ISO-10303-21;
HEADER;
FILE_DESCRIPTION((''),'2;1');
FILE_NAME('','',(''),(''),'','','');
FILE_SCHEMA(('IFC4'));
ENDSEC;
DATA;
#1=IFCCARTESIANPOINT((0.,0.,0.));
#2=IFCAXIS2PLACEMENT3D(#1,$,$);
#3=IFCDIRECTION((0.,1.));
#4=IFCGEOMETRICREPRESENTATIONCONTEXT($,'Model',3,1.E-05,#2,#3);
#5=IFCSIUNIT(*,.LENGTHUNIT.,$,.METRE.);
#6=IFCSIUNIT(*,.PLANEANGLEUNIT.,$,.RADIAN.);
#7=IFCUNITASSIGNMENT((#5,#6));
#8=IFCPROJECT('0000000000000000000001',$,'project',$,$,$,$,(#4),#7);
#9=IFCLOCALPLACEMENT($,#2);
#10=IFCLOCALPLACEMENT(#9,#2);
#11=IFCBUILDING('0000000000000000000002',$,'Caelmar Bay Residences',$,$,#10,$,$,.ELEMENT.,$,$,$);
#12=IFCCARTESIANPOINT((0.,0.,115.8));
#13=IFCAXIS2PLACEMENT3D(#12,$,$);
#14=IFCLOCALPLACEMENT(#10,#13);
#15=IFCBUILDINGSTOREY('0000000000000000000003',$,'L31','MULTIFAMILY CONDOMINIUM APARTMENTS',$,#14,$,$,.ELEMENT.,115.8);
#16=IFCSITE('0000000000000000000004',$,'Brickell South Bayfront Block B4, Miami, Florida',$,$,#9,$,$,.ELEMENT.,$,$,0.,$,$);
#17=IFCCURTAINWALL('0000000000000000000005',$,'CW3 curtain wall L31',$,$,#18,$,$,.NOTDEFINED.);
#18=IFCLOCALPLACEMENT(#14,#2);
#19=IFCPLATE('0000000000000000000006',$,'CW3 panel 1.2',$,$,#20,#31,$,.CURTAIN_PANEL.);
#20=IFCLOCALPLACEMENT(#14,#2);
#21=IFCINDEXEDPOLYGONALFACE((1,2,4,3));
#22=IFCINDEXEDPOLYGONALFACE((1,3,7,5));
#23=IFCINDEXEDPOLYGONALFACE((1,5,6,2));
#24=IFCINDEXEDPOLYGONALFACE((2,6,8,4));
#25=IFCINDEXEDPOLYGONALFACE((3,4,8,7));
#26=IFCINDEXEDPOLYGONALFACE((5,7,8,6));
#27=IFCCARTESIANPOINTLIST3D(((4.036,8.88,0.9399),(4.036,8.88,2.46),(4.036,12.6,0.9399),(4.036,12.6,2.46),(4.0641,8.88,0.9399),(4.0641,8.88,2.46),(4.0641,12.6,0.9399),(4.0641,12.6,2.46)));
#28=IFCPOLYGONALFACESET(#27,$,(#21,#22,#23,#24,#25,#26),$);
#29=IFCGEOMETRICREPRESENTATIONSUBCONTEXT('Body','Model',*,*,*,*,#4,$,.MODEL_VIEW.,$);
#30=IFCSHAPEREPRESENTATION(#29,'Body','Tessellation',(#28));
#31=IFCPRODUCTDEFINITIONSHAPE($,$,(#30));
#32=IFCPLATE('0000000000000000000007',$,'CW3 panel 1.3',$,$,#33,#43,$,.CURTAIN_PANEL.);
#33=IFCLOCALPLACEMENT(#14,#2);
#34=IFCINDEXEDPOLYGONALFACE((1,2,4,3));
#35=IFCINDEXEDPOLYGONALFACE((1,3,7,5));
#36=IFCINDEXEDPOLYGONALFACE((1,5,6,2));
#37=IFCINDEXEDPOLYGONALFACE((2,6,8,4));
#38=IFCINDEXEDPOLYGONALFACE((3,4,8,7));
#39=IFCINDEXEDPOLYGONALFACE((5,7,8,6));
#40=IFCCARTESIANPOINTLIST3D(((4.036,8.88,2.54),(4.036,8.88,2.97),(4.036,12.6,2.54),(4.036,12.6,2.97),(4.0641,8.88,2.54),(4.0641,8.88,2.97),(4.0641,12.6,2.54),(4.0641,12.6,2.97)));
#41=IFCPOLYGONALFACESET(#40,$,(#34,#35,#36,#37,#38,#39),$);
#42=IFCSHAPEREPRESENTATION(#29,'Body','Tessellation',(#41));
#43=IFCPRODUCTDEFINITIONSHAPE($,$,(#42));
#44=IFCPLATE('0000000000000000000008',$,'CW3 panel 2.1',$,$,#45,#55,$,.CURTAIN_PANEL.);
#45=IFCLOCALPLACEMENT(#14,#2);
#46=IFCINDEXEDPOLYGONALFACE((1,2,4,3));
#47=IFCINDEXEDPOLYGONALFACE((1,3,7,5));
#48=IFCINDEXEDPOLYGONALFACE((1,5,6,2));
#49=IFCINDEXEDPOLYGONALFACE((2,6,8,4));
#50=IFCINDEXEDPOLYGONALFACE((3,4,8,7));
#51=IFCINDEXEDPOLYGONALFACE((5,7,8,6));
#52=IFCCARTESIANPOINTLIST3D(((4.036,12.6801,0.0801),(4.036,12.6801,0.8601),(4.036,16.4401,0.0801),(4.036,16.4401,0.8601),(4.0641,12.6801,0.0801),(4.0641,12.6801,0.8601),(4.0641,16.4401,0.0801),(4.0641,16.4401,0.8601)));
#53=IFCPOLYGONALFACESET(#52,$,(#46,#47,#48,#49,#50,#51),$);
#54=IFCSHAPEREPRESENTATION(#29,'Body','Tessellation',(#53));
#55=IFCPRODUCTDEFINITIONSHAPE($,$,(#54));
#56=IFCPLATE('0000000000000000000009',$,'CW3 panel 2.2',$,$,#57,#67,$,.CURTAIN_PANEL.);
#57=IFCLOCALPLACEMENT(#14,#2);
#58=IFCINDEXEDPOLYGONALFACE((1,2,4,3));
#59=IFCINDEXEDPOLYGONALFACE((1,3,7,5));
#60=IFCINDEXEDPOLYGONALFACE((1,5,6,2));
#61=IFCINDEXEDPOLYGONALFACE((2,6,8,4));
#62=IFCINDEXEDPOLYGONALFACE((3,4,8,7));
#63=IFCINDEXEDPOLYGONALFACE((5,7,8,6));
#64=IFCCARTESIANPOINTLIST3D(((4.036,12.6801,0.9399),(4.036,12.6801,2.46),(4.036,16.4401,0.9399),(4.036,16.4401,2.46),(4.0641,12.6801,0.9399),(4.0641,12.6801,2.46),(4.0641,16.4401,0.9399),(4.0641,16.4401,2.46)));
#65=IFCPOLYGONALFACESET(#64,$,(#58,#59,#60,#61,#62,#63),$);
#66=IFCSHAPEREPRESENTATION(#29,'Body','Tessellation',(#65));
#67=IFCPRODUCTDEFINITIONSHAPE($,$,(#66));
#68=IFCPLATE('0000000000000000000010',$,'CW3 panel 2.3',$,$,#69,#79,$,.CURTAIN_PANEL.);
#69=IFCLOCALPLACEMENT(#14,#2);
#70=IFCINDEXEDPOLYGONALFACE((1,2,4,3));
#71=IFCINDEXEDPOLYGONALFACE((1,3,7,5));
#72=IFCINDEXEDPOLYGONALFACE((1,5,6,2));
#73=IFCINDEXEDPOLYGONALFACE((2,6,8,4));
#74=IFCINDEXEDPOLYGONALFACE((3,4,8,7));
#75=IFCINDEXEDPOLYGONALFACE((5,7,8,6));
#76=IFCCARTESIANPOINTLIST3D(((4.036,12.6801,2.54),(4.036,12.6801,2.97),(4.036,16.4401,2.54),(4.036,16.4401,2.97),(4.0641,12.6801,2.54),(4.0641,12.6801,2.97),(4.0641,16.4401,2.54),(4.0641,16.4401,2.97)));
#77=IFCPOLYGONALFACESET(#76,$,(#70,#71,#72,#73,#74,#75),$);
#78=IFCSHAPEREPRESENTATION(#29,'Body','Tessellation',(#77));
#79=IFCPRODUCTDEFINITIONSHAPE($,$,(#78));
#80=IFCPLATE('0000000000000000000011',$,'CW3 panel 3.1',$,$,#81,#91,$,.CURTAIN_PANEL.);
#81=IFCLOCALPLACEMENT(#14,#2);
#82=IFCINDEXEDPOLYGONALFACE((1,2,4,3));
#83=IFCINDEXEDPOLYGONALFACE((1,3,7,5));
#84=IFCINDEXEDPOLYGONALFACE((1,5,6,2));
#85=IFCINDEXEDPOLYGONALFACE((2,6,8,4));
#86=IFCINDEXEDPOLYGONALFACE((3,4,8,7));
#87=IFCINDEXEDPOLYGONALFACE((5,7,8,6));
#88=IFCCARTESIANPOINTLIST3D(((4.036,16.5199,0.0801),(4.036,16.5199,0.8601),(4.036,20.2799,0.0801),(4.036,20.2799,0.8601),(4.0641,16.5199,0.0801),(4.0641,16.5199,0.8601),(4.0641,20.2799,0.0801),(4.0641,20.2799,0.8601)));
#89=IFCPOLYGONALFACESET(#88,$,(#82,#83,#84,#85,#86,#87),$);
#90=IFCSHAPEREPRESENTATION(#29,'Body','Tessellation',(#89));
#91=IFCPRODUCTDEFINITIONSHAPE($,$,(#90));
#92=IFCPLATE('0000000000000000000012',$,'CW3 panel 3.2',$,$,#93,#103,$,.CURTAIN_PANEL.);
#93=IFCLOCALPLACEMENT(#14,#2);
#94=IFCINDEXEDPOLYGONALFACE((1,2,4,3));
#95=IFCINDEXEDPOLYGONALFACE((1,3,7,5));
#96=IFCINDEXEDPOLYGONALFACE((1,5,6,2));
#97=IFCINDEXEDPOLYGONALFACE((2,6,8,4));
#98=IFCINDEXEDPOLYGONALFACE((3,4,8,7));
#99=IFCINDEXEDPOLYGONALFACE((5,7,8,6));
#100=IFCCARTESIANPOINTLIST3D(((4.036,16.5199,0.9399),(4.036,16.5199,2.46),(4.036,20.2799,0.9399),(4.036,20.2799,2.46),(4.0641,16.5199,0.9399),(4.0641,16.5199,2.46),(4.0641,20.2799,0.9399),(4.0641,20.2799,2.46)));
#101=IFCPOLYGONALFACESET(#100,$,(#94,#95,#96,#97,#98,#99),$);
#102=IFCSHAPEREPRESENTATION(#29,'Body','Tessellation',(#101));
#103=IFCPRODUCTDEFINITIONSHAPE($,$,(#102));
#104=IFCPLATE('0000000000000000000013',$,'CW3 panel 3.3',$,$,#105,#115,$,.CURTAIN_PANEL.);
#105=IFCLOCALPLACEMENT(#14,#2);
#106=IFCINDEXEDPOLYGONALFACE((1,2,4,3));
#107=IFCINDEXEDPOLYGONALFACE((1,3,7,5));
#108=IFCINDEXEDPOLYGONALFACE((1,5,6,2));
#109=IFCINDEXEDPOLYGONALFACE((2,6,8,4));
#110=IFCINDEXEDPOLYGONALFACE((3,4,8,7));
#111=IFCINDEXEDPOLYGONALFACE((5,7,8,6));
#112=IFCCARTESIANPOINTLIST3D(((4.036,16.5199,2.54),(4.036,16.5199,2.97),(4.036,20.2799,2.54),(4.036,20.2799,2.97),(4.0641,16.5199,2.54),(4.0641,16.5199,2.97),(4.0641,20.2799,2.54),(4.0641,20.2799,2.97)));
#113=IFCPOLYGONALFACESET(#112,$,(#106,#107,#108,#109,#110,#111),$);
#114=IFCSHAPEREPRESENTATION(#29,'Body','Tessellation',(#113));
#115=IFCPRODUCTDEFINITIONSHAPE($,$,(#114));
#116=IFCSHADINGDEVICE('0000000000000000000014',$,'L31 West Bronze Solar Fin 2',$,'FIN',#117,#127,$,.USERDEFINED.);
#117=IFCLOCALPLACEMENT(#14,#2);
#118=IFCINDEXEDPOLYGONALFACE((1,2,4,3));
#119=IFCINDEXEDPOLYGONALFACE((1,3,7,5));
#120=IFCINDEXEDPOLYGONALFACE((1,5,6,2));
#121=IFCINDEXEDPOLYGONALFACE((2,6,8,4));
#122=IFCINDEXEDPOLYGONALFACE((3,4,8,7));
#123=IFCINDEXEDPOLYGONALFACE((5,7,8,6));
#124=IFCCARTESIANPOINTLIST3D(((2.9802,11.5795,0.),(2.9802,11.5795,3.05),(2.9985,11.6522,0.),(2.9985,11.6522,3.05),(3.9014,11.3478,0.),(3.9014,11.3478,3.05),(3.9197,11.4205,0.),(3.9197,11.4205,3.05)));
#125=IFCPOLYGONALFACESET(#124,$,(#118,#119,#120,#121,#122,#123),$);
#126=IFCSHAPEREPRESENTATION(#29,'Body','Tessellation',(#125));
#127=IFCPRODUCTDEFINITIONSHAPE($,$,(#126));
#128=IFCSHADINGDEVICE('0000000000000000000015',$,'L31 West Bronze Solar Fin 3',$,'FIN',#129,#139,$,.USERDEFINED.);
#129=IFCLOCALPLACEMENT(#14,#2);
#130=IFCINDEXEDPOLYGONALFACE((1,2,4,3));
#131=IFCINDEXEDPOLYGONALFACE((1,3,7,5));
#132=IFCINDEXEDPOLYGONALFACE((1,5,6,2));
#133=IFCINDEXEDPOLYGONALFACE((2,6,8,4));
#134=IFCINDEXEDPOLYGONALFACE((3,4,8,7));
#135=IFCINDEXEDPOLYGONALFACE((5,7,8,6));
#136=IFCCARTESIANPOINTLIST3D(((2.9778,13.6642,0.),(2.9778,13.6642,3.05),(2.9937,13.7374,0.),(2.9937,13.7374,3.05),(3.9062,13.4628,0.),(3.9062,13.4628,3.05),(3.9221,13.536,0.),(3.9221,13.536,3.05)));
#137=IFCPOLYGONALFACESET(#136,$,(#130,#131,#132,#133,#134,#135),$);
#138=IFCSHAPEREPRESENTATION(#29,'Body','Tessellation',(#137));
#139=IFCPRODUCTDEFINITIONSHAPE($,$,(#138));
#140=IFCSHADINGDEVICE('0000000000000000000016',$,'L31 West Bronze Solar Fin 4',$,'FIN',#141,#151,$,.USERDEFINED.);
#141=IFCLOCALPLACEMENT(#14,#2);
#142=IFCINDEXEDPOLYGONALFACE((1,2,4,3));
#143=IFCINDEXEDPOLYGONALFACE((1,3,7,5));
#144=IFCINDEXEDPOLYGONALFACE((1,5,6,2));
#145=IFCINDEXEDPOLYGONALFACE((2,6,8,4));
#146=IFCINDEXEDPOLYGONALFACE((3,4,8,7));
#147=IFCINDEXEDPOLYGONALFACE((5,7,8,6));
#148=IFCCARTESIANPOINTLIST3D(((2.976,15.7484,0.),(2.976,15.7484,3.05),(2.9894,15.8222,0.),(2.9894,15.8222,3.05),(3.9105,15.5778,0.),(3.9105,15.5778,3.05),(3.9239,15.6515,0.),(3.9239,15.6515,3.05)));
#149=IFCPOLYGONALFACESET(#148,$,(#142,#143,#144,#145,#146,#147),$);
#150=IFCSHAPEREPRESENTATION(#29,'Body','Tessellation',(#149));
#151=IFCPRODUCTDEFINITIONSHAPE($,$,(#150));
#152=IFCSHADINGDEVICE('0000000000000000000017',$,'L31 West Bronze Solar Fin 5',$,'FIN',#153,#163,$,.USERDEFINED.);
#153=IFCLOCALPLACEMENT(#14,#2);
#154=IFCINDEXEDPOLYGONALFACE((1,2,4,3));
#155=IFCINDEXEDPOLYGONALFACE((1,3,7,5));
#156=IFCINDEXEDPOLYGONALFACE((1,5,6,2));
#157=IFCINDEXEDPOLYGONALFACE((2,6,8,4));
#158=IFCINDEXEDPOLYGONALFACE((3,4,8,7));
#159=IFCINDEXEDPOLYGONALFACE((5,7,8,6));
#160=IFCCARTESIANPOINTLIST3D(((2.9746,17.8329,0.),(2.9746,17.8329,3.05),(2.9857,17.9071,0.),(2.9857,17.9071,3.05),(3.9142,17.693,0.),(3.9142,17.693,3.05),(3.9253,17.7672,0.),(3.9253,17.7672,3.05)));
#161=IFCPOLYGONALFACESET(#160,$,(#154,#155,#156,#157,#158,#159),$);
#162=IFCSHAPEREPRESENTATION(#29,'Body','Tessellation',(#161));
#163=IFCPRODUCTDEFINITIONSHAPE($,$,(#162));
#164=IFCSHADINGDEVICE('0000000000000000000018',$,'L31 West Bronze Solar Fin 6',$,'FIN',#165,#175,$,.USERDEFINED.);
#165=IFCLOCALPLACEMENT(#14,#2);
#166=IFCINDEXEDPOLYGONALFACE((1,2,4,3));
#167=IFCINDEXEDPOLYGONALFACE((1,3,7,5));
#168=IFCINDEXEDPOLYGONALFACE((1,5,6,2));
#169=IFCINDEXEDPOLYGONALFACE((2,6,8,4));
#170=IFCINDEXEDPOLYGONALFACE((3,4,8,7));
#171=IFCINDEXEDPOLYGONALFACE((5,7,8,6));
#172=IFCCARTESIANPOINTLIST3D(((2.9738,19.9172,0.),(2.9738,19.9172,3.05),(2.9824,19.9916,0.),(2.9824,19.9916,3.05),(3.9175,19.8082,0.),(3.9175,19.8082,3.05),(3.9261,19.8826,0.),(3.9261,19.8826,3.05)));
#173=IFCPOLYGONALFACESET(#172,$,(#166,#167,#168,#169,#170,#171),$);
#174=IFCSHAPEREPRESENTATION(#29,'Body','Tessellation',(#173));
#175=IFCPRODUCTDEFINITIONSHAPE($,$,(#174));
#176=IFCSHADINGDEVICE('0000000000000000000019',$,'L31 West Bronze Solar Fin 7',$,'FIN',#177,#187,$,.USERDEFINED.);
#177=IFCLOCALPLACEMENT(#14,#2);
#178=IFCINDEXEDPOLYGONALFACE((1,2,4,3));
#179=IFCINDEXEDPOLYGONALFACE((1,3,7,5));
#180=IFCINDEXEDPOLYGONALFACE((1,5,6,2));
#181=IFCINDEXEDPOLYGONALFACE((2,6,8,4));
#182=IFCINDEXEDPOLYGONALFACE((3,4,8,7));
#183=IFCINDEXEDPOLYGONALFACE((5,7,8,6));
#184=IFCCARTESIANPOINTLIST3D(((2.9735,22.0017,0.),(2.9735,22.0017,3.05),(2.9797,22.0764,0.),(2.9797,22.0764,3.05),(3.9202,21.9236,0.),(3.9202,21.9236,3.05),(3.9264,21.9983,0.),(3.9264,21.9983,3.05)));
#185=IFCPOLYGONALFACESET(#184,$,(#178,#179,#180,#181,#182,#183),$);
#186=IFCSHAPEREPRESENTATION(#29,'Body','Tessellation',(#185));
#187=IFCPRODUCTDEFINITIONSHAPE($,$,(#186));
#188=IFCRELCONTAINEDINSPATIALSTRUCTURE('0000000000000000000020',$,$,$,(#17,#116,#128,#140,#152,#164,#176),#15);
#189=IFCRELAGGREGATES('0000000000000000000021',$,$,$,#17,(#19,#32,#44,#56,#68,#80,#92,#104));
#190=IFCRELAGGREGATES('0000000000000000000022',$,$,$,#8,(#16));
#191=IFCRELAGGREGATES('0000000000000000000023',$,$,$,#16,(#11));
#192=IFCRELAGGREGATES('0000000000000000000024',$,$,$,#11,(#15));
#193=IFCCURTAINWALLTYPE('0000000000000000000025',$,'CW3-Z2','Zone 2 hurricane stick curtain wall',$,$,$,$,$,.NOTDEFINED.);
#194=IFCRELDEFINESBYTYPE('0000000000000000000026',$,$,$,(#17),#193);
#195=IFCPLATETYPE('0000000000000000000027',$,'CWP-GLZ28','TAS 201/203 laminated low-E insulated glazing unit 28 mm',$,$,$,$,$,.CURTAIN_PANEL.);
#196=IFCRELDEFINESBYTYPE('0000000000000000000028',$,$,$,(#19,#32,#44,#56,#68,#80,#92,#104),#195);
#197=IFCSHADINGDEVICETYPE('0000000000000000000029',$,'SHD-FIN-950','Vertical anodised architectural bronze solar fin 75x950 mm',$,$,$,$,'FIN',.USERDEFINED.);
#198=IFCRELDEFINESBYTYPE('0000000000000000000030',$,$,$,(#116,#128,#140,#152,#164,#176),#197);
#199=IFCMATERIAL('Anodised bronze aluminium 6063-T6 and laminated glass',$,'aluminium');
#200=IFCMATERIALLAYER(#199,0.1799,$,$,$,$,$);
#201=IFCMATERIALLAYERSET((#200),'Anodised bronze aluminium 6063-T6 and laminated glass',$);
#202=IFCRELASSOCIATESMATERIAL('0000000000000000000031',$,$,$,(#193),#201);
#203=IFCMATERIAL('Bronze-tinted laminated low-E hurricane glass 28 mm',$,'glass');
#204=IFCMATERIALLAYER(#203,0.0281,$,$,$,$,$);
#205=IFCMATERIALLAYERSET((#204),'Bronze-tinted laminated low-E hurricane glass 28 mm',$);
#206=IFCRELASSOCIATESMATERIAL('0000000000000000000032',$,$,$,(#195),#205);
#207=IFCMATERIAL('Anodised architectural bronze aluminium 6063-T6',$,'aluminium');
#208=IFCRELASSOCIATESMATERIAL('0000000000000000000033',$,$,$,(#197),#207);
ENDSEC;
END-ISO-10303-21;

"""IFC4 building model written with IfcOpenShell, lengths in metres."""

from ifc_helpers import new_model, si_unit, direction, frame, origin, origin_2d, place, context, subcontext, project, spatial, rectangle, extrude, material, layer, layer_set, material_profile, profile_set, type_object, element, aggregate, save


model = new_model("IFC4")

# Units and contexts
model_context = context("Model", 3, precision=1e-05, world=origin(), true_north=direction((0.0, 1.0)))
body_context = subcontext(model_context, "Body", "Model", "MODEL_VIEW")
ifc_project = project(units=[si_unit("LENGTHUNIT", "METRE"), si_unit("PLANEANGLEUNIT", "RADIAN")], contexts=[model_context])

# Site, building, storey
site_placement = place(None, origin())
site = spatial("IfcSite", under=ifc_project, at=site_placement, Name="Brickell South Bayfront Block B4, Miami, Florida", CompositionType="ELEMENT", RefElevation=0.0)
building_placement = place(site_placement, origin())
building = spatial("IfcBuilding", under=site, at=building_placement, Name="Caelmar Bay Residences", CompositionType="ELEMENT")
storey_placement = place(building_placement, frame((0.0, 0.0, 115.8)))
storey = spatial("IfcBuildingStorey", under=building, at=storey_placement, Name="L31", Description="MULTIFAMILY CONDOMINIUM APARTMENTS", CompositionType="ELEMENT", Elevation=115.8)

# Curtain wall, plates
ifc_material_1 = material(Name="Anodised bronze aluminium 6063-T6 and laminated glass", Category="aluminium")
ifc_layer_1 = layer(ifc_material_1, 0.1799)
ifc_layer_set_1 = layer_set([ifc_layer_1], Name="Anodised bronze aluminium 6063-T6 and laminated glass")
curtain_wall_type = type_object("IfcCurtainWallType", Name="CW3-Z2", Description="Zone 2 hurricane stick curtain wall", PredefinedType="NOTDEFINED", material=ifc_layer_set_1)
curtain_wall_placement = place(storey_placement, origin())
curtain_wall = element("IfcCurtainWall", 1, at=curtain_wall_placement, inside=storey, type_object=curtain_wall_type, Name="CW3 curtain wall L31", PredefinedType="NOTDEFINED")
ifc_material_2 = material(Name="Bronze-tinted laminated low-E hurricane glass 28 mm", Category="glass")
ifc_layer_2 = layer(ifc_material_2, 0.0281)
ifc_layer_set_2 = layer_set([ifc_layer_2], Name="Bronze-tinted laminated low-E hurricane glass 28 mm")
plate_type = type_object("IfcPlateType", Name="CWP-GLZ28", Description="TAS 201/203 laminated low-E insulated glazing unit 28 mm", PredefinedType="CURTAIN_PANEL", material=ifc_layer_set_2)
plate_1_placement = place(storey_placement, frame((4.05, 10.74, 0.9399), z_axis=(0.0, 0.0, 1.0), x_axis=(0.0, 1.0, 0.0)))
plate_1 = element("IfcPlate", 2, at=plate_1_placement, type_object=plate_type, Name="CW3 panel 1.2", PredefinedType="CURTAIN_PANEL", context=body_context, shape_type="SweptSolid", body=[
    extrude(rectangle(XDim=3.72, YDim=0.0281, at=origin_2d()), origin(), (0.0, 0.0, 1.0), 1.52),
])
plate_2_placement = place(storey_placement, frame((4.05, 10.74, 2.54), z_axis=(0.0, 0.0, 1.0), x_axis=(0.0, 1.0, 0.0)))
plate_2 = element("IfcPlate", 3, at=plate_2_placement, type_object=plate_type, Name="CW3 panel 1.3", PredefinedType="CURTAIN_PANEL", context=body_context, shape_type="SweptSolid", body=[
    extrude(rectangle(XDim=3.72, YDim=0.0281, at=origin_2d()), origin(), (0.0, 0.0, 1.0), 0.4299),
])
plate_3_placement = place(storey_placement, frame((4.05, 14.5601, 0.0801), z_axis=(0.0, 0.0, 1.0), x_axis=(0.0, 1.0, 0.0)))
plate_3 = element("IfcPlate", 4, at=plate_3_placement, type_object=plate_type, Name="CW3 panel 2.1", PredefinedType="CURTAIN_PANEL", context=body_context, shape_type="SweptSolid", body=[
    extrude(rectangle(XDim=3.76, YDim=0.0281, at=origin_2d()), origin(), (0.0, 0.0, 1.0), 0.78),
])
plate_4_placement = place(storey_placement, frame((4.05, 14.5601, 0.9399), z_axis=(0.0, 0.0, 1.0), x_axis=(0.0, 1.0, 0.0)))
plate_4 = element("IfcPlate", 5, at=plate_4_placement, type_object=plate_type, Name="CW3 panel 2.2", PredefinedType="CURTAIN_PANEL", context=body_context, shape_type="SweptSolid", body=[
    extrude(rectangle(XDim=3.76, YDim=0.0281, at=origin_2d()), origin(), (0.0, 0.0, 1.0), 1.52),
])
plate_5_placement = place(storey_placement, frame((4.05, 14.5601, 2.54), z_axis=(0.0, 0.0, 1.0), x_axis=(0.0, 1.0, 0.0)))
plate_5 = element("IfcPlate", 6, at=plate_5_placement, type_object=plate_type, Name="CW3 panel 2.3", PredefinedType="CURTAIN_PANEL", context=body_context, shape_type="SweptSolid", body=[
    extrude(rectangle(XDim=3.76, YDim=0.0281, at=origin_2d()), origin(), (0.0, 0.0, 1.0), 0.4299),
])
plate_6_placement = place(storey_placement, frame((4.05, 18.3999, 0.0801), z_axis=(0.0, 0.0, 1.0), x_axis=(0.0, 1.0, 0.0)))
plate_6 = element("IfcPlate", 7, at=plate_6_placement, type_object=plate_type, Name="CW3 panel 3.1", PredefinedType="CURTAIN_PANEL", context=body_context, shape_type="SweptSolid", body=[
    extrude(rectangle(XDim=3.76, YDim=0.0281, at=origin_2d()), origin(), (0.0, 0.0, 1.0), 0.78),
])
plate_7_placement = place(storey_placement, frame((4.05, 18.3999, 0.9399), z_axis=(0.0, 0.0, 1.0), x_axis=(0.0, 1.0, 0.0)))
plate_7 = element("IfcPlate", 8, at=plate_7_placement, type_object=plate_type, Name="CW3 panel 3.2", PredefinedType="CURTAIN_PANEL", context=body_context, shape_type="SweptSolid", body=[
    extrude(rectangle(XDim=3.76, YDim=0.0281, at=origin_2d()), origin(), (0.0, 0.0, 1.0), 1.52),
])
plate_8_placement = place(storey_placement, frame((4.05, 18.3999, 2.54), z_axis=(0.0, 0.0, 1.0), x_axis=(0.0, 1.0, 0.0)))
plate_8 = element("IfcPlate", 9, at=plate_8_placement, type_object=plate_type, Name="CW3 panel 3.3", PredefinedType="CURTAIN_PANEL", context=body_context, shape_type="SweptSolid", body=[
    extrude(rectangle(XDim=3.76, YDim=0.0281, at=origin_2d()), origin(), (0.0, 0.0, 1.0), 0.4299),
])
aggregate(curtain_wall, [plate_1, plate_2, plate_3, plate_4, plate_5, plate_6, plate_7, plate_8])

# Shading devices
ifc_material_3 = material(Name="Anodised architectural bronze aluminium 6063-T6", Category="aluminium")
ifc_material_profile_1 = material_profile(ifc_material_3, rectangle(XDim=0.075, YDim=0.95, at=origin_2d()), Name="BRONZE-FIN-75X950")
ifc_profile_set_1 = profile_set([ifc_material_profile_1], Name="Anodised architectural bronze aluminium 6063-T6")
shading_device_type = type_object("IfcShadingDeviceType", Name="SHD-FIN-950", Description="Vertical anodised architectural bronze solar fin 75x950 mm", ElementType="FIN", PredefinedType="USERDEFINED", material=ifc_profile_set_1)
for number, where, z_axis, x_axis, name in (
    (10, (3.45, 11.5, 0.0), (0.0, 0.0, 1.0), (0.243954, 0.969787, 0.0), "L31 West Bronze Solar Fin 2"),
    (11, (3.45, 13.6001, 0.0), (0.0, 0.0, 1.0), (0.212007, 0.977268, 0.0), "L31 West Bronze Solar Fin 3"),
    (12, (3.45, 15.7, 0.0), (0.0, 0.0, 1.0), (0.179661, 0.983729, 0.0), "L31 West Bronze Solar Fin 4"),
    (13, (3.45, 17.8, 0.0), (0.0, 0.0, 1.0), (0.147292, 0.989093, 0.0), "L31 West Bronze Solar Fin 5"),
    (14, (3.45, 19.8999, 0.0), (0.0, 0.0, 1.0), (0.114764, 0.993393, 0.0), "L31 West Bronze Solar Fin 6"),
    (15, (3.45, 22.0, 0.0), (0.0, 0.0, 1.0), (0.082112, 0.996623, 0.0), "L31 West Bronze Solar Fin 7"),
):
    element("IfcShadingDevice", number, at=place(storey_placement, frame(where, z_axis=z_axis, x_axis=x_axis)), inside=storey, type_object=shading_device_type, Name=name, ObjectType="FIN", PredefinedType="USERDEFINED", context=body_context, shape_type="SweptSolid", body=[
        extrude(rectangle(XDim=0.075, YDim=0.95, at=origin_2d()), origin(), (0.0, 0.0, 1.0), 3.05),
    ])

save(model, "model.ifc")
